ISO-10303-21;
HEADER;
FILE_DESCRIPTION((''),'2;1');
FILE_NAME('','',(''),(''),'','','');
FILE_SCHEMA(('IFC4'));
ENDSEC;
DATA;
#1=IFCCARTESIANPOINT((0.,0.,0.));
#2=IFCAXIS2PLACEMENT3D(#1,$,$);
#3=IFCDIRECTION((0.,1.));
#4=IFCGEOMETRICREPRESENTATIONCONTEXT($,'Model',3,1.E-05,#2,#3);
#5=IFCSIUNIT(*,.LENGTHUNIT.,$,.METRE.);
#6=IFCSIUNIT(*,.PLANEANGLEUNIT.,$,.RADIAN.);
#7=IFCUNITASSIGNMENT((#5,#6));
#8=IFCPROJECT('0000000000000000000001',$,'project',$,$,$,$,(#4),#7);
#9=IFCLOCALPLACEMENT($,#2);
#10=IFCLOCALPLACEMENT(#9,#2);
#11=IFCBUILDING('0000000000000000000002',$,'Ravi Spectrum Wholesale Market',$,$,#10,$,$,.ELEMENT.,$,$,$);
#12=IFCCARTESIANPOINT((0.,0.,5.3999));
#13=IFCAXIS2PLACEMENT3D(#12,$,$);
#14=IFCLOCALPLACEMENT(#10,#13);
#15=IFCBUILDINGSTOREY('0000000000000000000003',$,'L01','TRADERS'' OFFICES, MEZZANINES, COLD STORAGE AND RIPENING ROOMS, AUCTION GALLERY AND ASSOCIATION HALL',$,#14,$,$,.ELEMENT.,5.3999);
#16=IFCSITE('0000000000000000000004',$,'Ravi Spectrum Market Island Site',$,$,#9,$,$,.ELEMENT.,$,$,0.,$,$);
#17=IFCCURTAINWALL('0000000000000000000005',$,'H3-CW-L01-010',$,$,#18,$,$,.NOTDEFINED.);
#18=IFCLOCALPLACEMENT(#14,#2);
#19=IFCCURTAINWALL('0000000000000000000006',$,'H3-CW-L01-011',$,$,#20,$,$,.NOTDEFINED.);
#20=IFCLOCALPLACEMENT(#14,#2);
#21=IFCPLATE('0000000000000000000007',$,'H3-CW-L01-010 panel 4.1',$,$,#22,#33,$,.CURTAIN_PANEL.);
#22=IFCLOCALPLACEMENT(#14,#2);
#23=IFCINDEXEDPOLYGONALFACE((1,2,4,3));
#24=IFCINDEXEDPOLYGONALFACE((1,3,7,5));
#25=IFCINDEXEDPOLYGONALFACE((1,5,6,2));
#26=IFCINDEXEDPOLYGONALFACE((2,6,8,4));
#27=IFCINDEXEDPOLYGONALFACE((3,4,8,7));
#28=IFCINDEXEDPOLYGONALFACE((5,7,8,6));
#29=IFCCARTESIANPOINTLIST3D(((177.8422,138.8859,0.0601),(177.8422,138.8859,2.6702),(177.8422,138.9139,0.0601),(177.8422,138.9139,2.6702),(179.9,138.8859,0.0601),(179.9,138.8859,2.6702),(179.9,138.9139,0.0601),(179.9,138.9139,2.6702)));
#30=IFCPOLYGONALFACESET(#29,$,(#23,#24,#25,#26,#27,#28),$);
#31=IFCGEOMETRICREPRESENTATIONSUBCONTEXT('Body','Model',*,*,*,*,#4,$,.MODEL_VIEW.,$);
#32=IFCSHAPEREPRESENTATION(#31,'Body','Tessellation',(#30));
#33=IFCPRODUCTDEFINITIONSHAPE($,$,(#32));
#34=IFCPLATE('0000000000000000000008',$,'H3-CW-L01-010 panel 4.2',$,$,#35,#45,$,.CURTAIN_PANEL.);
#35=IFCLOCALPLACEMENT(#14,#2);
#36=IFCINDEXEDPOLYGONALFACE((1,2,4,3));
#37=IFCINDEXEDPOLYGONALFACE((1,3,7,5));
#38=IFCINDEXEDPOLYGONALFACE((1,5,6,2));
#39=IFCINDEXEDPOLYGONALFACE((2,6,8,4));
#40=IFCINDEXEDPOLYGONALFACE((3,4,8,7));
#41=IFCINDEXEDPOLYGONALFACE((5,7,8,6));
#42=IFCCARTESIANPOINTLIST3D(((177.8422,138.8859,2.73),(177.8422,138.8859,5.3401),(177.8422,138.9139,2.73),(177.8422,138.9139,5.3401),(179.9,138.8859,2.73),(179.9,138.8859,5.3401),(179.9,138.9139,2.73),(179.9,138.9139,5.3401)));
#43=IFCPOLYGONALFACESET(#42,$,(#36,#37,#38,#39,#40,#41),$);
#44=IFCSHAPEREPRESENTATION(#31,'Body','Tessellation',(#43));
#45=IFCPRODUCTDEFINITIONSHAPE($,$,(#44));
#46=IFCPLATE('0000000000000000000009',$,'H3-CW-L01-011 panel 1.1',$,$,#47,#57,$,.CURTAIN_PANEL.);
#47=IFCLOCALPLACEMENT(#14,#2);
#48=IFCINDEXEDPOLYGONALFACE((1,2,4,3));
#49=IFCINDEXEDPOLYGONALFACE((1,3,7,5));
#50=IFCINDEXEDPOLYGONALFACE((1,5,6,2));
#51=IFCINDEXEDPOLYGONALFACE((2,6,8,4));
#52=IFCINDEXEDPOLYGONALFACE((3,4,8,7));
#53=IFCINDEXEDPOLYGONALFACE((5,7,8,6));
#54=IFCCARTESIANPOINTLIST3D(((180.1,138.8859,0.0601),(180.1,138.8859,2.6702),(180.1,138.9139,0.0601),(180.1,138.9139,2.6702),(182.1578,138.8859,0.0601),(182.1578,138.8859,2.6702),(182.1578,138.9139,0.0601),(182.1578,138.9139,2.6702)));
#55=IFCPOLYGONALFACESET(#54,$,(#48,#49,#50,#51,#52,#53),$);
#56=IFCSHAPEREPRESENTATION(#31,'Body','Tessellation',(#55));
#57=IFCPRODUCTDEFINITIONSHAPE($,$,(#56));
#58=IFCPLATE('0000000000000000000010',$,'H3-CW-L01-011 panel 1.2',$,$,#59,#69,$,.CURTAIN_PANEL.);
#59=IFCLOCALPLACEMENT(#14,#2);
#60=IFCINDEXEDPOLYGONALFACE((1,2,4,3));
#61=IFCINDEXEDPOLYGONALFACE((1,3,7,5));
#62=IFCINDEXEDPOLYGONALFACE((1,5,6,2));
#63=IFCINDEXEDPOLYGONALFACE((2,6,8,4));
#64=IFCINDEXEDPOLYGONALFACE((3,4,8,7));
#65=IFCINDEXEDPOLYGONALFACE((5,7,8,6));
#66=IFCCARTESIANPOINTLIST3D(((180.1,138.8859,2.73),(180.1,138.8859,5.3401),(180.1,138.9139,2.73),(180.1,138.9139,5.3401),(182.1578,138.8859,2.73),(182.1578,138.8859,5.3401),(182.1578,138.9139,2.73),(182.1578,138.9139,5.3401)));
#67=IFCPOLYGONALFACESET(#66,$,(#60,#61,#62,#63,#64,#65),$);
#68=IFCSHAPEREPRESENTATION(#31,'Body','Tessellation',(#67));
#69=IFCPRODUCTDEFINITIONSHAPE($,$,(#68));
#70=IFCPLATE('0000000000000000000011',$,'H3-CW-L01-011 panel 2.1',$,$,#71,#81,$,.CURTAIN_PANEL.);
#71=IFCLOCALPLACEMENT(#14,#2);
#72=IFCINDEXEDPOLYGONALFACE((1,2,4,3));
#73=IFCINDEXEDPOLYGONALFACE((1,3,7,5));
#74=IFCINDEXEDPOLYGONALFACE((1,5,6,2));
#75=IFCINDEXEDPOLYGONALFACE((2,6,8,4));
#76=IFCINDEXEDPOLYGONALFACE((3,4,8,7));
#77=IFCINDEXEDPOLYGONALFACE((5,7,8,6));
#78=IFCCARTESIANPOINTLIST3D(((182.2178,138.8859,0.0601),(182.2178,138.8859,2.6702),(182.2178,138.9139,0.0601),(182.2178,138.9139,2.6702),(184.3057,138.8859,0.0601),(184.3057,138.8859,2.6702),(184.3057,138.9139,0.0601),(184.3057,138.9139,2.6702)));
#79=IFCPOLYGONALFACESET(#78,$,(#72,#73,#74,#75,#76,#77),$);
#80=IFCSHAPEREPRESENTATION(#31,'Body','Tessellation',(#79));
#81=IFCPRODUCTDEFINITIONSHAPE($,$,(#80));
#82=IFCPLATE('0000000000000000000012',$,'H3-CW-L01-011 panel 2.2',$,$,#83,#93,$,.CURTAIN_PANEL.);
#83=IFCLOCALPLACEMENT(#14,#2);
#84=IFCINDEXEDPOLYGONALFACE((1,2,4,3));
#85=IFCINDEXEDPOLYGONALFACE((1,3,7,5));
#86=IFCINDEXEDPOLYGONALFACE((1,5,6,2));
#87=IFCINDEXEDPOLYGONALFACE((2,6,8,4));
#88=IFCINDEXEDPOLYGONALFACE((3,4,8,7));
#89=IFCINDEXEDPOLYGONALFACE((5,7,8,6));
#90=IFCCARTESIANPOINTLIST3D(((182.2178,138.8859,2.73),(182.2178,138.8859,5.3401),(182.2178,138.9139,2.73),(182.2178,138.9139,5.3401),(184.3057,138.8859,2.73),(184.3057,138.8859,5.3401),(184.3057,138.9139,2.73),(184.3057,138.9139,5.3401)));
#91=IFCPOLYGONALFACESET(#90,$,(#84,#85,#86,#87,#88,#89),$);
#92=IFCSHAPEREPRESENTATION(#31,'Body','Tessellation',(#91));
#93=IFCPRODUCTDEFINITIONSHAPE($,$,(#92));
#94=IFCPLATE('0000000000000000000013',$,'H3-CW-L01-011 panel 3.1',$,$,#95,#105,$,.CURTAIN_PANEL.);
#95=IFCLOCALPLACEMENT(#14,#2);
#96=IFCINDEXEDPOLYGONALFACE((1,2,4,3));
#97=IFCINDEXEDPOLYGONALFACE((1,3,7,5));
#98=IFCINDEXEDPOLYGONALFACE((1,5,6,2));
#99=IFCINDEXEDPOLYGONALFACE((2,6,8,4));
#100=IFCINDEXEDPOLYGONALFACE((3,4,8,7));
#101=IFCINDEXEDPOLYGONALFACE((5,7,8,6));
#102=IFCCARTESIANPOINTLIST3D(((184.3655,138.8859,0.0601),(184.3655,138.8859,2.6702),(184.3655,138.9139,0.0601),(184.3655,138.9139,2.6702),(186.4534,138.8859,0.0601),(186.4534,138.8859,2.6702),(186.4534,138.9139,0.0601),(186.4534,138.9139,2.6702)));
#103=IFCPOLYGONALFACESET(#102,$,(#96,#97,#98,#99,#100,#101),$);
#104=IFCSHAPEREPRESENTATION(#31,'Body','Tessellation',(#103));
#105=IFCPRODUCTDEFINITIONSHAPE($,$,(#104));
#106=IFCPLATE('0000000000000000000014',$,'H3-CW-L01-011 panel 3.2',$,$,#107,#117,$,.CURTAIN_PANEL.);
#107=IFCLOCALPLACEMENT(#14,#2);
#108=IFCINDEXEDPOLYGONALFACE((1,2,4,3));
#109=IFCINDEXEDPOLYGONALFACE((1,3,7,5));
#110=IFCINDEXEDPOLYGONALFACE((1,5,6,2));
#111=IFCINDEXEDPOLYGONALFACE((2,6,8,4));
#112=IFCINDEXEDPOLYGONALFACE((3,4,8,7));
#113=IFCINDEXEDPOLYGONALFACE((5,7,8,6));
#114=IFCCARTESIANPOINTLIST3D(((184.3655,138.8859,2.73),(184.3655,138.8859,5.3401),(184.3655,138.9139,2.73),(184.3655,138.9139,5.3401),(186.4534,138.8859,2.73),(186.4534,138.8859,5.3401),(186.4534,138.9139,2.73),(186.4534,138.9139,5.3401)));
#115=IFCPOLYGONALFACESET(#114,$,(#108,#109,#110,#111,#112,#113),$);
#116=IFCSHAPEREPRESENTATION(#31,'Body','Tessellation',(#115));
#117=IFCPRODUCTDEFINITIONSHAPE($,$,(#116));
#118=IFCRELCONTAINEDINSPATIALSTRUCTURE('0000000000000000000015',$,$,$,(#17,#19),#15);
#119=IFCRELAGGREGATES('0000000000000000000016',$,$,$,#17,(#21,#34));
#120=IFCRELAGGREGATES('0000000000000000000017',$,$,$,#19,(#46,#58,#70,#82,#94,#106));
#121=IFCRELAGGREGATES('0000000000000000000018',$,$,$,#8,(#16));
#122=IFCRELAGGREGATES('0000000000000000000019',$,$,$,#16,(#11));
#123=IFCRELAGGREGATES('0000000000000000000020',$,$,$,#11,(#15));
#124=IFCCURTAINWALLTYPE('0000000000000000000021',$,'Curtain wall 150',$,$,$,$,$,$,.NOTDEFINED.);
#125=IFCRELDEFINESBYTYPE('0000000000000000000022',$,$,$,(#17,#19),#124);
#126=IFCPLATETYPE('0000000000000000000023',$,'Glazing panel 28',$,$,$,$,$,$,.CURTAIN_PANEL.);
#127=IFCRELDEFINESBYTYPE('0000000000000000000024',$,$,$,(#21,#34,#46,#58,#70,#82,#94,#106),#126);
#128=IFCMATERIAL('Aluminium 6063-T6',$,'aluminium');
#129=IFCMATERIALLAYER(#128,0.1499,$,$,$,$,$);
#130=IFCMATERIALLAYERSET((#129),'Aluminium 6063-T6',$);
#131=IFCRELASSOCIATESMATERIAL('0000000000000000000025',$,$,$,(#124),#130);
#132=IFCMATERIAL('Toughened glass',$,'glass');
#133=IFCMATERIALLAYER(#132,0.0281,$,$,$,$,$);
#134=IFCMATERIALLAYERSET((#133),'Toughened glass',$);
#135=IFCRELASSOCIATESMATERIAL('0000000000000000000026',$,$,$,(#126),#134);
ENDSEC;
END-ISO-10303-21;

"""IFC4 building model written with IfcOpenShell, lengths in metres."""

from ifc_helpers import new_model, si_unit, direction, frame, origin, origin_2d, place, context, subcontext, project, spatial, rectangle, extrude, material, layer, layer_set, type_object, element, aggregate, save


model = new_model("IFC4")

# Units and contexts
model_context = context("Model", 3, precision=1e-05, world=origin(), true_north=direction((0.0, 1.0)))
body_context = subcontext(model_context, "Body", "Model", "MODEL_VIEW")
ifc_project = project(units=[si_unit("LENGTHUNIT", "METRE"), si_unit("PLANEANGLEUNIT", "RADIAN")], contexts=[model_context])

# Site, building, storey
site_placement = place(None, origin())
site = spatial("IfcSite", under=ifc_project, at=site_placement, Name="Ravi Spectrum Market Island Site", CompositionType="ELEMENT", RefElevation=0.0)
building_placement = place(site_placement, origin())
building = spatial("IfcBuilding", under=site, at=building_placement, Name="Ravi Spectrum Wholesale Market", CompositionType="ELEMENT")
storey_placement = place(building_placement, frame((0.0, 0.0, 5.3999)))
storey = spatial("IfcBuildingStorey", under=building, at=storey_placement, Name="L01", Description="TRADERS' OFFICES, MEZZANINES, COLD STORAGE AND RIPENING ROOMS, AUCTION GALLERY AND ASSOCIATION HALL", CompositionType="ELEMENT", Elevation=5.3999)

# Curtain wall
ifc_material_1 = material(Name="Aluminium 6063-T6", Category="aluminium")
ifc_layer_1 = layer(ifc_material_1, 0.1499)
ifc_layer_set_1 = layer_set([ifc_layer_1], Name="Aluminium 6063-T6")
curtain_wall_type = type_object("IfcCurtainWallType", Name="Curtain wall 150", PredefinedType="NOTDEFINED", material=ifc_layer_set_1)
curtain_wall_1_placement = place(storey_placement, origin())
curtain_wall_1 = element("IfcCurtainWall", 1, at=curtain_wall_1_placement, inside=storey, type_object=curtain_wall_type, Name="H3-CW-L01-010", PredefinedType="NOTDEFINED")

# Curtain wall
curtain_wall_2_placement = place(storey_placement, origin())
curtain_wall_2 = element("IfcCurtainWall", 2, at=curtain_wall_2_placement, inside=storey, type_object=curtain_wall_type, Name="H3-CW-L01-011", PredefinedType="NOTDEFINED")

# Plates
ifc_material_2 = material(Name="Toughened glass", Category="glass")
ifc_layer_2 = layer(ifc_material_2, 0.0281)
ifc_layer_set_2 = layer_set([ifc_layer_2], Name="Toughened glass")
plate_type = type_object("IfcPlateType", Name="Glazing panel 28", PredefinedType="CURTAIN_PANEL", material=ifc_layer_set_2)
plate_1_placement = place(storey_placement, frame((178.8711, 138.8999, 0.0601), z_axis=(0.0, 0.0, 1.0), x_axis=(1.0, 0.0, 0.0)))
plate_1 = element("IfcPlate", 3, at=plate_1_placement, type_object=plate_type, Name="H3-CW-L01-010 panel 4.1", PredefinedType="CURTAIN_PANEL", context=body_context, shape_type="SweptSolid", body=[
    extrude(rectangle(XDim=2.0579, YDim=0.0281, at=origin_2d()), origin(), (0.0, 0.0, 1.0), 2.6101),
])
plate_2_placement = place(storey_placement, frame((178.8711, 138.8999, 2.73), z_axis=(0.0, 0.0, 1.0), x_axis=(1.0, 0.0, 0.0)))
plate_2 = element("IfcPlate", 4, at=plate_2_placement, type_object=plate_type, Name="H3-CW-L01-010 panel 4.2", PredefinedType="CURTAIN_PANEL", context=body_context, shape_type="SweptSolid", body=[
    extrude(rectangle(XDim=2.0579, YDim=0.0281, at=origin_2d()), origin(), (0.0, 0.0, 1.0), 2.6101),
])
aggregate(curtain_wall_1, [plate_1, plate_2])
plate_3_placement = place(storey_placement, frame((181.1289, 138.8999, 0.0601), z_axis=(0.0, 0.0, 1.0), x_axis=(1.0, 0.0, 0.0)))
plate_3 = element("IfcPlate", 5, at=plate_3_placement, type_object=plate_type, Name="H3-CW-L01-011 panel 1.1", PredefinedType="CURTAIN_PANEL", context=body_context, shape_type="SweptSolid", body=[
    extrude(rectangle(XDim=2.0579, YDim=0.0281, at=origin_2d()), origin(), (0.0, 0.0, 1.0), 2.6101),
])
plate_4_placement = place(storey_placement, frame((181.1289, 138.8999, 2.73), z_axis=(0.0, 0.0, 1.0), x_axis=(1.0, 0.0, 0.0)))
plate_4 = element("IfcPlate", 6, at=plate_4_placement, type_object=plate_type, Name="H3-CW-L01-011 panel 1.2", PredefinedType="CURTAIN_PANEL", context=body_context, shape_type="SweptSolid", body=[
    extrude(rectangle(XDim=2.0579, YDim=0.0281, at=origin_2d()), origin(), (0.0, 0.0, 1.0), 2.6101),
])
plate_5_placement = place(storey_placement, frame((183.2617, 138.8999, 0.0601), z_axis=(0.0, 0.0, 1.0), x_axis=(1.0, 0.0, 0.0)))
plate_5 = element("IfcPlate", 7, at=plate_5_placement, type_object=plate_type, Name="H3-CW-L01-011 panel 2.1", PredefinedType="CURTAIN_PANEL", context=body_context, shape_type="SweptSolid", body=[
    extrude(rectangle(XDim=2.0879, YDim=0.0281, at=origin_2d()), origin(), (0.0, 0.0, 1.0), 2.6101),
])
plate_6_placement = place(storey_placement, frame((183.2617, 138.8999, 2.73), z_axis=(0.0, 0.0, 1.0), x_axis=(1.0, 0.0, 0.0)))
plate_6 = element("IfcPlate", 8, at=plate_6_placement, type_object=plate_type, Name="H3-CW-L01-011 panel 2.2", PredefinedType="CURTAIN_PANEL", context=body_context, shape_type="SweptSolid", body=[
    extrude(rectangle(XDim=2.0879, YDim=0.0281, at=origin_2d()), origin(), (0.0, 0.0, 1.0), 2.6101),
])
plate_7_placement = place(storey_placement, frame((185.4094, 138.8999, 0.0601), z_axis=(0.0, 0.0, 1.0), x_axis=(1.0, 0.0, 0.0)))
plate_7 = element("IfcPlate", 9, at=plate_7_placement, type_object=plate_type, Name="H3-CW-L01-011 panel 3.1", PredefinedType="CURTAIN_PANEL", context=body_context, shape_type="SweptSolid", body=[
    extrude(rectangle(XDim=2.0879, YDim=0.0281, at=origin_2d()), origin(), (0.0, 0.0, 1.0), 2.6101),
])
plate_8_placement = place(storey_placement, frame((185.4094, 138.8999, 2.73), z_axis=(0.0, 0.0, 1.0), x_axis=(1.0, 0.0, 0.0)))
plate_8 = element("IfcPlate", 10, at=plate_8_placement, type_object=plate_type, Name="H3-CW-L01-011 panel 3.2", PredefinedType="CURTAIN_PANEL", context=body_context, shape_type="SweptSolid", body=[
    extrude(rectangle(XDim=2.0879, YDim=0.0281, at=origin_2d()), origin(), (0.0, 0.0, 1.0), 2.6101),
])
aggregate(curtain_wall_2, [plate_3, plate_4, plate_5, plate_6, plate_7, plate_8])

save(model, "model.ifc")
